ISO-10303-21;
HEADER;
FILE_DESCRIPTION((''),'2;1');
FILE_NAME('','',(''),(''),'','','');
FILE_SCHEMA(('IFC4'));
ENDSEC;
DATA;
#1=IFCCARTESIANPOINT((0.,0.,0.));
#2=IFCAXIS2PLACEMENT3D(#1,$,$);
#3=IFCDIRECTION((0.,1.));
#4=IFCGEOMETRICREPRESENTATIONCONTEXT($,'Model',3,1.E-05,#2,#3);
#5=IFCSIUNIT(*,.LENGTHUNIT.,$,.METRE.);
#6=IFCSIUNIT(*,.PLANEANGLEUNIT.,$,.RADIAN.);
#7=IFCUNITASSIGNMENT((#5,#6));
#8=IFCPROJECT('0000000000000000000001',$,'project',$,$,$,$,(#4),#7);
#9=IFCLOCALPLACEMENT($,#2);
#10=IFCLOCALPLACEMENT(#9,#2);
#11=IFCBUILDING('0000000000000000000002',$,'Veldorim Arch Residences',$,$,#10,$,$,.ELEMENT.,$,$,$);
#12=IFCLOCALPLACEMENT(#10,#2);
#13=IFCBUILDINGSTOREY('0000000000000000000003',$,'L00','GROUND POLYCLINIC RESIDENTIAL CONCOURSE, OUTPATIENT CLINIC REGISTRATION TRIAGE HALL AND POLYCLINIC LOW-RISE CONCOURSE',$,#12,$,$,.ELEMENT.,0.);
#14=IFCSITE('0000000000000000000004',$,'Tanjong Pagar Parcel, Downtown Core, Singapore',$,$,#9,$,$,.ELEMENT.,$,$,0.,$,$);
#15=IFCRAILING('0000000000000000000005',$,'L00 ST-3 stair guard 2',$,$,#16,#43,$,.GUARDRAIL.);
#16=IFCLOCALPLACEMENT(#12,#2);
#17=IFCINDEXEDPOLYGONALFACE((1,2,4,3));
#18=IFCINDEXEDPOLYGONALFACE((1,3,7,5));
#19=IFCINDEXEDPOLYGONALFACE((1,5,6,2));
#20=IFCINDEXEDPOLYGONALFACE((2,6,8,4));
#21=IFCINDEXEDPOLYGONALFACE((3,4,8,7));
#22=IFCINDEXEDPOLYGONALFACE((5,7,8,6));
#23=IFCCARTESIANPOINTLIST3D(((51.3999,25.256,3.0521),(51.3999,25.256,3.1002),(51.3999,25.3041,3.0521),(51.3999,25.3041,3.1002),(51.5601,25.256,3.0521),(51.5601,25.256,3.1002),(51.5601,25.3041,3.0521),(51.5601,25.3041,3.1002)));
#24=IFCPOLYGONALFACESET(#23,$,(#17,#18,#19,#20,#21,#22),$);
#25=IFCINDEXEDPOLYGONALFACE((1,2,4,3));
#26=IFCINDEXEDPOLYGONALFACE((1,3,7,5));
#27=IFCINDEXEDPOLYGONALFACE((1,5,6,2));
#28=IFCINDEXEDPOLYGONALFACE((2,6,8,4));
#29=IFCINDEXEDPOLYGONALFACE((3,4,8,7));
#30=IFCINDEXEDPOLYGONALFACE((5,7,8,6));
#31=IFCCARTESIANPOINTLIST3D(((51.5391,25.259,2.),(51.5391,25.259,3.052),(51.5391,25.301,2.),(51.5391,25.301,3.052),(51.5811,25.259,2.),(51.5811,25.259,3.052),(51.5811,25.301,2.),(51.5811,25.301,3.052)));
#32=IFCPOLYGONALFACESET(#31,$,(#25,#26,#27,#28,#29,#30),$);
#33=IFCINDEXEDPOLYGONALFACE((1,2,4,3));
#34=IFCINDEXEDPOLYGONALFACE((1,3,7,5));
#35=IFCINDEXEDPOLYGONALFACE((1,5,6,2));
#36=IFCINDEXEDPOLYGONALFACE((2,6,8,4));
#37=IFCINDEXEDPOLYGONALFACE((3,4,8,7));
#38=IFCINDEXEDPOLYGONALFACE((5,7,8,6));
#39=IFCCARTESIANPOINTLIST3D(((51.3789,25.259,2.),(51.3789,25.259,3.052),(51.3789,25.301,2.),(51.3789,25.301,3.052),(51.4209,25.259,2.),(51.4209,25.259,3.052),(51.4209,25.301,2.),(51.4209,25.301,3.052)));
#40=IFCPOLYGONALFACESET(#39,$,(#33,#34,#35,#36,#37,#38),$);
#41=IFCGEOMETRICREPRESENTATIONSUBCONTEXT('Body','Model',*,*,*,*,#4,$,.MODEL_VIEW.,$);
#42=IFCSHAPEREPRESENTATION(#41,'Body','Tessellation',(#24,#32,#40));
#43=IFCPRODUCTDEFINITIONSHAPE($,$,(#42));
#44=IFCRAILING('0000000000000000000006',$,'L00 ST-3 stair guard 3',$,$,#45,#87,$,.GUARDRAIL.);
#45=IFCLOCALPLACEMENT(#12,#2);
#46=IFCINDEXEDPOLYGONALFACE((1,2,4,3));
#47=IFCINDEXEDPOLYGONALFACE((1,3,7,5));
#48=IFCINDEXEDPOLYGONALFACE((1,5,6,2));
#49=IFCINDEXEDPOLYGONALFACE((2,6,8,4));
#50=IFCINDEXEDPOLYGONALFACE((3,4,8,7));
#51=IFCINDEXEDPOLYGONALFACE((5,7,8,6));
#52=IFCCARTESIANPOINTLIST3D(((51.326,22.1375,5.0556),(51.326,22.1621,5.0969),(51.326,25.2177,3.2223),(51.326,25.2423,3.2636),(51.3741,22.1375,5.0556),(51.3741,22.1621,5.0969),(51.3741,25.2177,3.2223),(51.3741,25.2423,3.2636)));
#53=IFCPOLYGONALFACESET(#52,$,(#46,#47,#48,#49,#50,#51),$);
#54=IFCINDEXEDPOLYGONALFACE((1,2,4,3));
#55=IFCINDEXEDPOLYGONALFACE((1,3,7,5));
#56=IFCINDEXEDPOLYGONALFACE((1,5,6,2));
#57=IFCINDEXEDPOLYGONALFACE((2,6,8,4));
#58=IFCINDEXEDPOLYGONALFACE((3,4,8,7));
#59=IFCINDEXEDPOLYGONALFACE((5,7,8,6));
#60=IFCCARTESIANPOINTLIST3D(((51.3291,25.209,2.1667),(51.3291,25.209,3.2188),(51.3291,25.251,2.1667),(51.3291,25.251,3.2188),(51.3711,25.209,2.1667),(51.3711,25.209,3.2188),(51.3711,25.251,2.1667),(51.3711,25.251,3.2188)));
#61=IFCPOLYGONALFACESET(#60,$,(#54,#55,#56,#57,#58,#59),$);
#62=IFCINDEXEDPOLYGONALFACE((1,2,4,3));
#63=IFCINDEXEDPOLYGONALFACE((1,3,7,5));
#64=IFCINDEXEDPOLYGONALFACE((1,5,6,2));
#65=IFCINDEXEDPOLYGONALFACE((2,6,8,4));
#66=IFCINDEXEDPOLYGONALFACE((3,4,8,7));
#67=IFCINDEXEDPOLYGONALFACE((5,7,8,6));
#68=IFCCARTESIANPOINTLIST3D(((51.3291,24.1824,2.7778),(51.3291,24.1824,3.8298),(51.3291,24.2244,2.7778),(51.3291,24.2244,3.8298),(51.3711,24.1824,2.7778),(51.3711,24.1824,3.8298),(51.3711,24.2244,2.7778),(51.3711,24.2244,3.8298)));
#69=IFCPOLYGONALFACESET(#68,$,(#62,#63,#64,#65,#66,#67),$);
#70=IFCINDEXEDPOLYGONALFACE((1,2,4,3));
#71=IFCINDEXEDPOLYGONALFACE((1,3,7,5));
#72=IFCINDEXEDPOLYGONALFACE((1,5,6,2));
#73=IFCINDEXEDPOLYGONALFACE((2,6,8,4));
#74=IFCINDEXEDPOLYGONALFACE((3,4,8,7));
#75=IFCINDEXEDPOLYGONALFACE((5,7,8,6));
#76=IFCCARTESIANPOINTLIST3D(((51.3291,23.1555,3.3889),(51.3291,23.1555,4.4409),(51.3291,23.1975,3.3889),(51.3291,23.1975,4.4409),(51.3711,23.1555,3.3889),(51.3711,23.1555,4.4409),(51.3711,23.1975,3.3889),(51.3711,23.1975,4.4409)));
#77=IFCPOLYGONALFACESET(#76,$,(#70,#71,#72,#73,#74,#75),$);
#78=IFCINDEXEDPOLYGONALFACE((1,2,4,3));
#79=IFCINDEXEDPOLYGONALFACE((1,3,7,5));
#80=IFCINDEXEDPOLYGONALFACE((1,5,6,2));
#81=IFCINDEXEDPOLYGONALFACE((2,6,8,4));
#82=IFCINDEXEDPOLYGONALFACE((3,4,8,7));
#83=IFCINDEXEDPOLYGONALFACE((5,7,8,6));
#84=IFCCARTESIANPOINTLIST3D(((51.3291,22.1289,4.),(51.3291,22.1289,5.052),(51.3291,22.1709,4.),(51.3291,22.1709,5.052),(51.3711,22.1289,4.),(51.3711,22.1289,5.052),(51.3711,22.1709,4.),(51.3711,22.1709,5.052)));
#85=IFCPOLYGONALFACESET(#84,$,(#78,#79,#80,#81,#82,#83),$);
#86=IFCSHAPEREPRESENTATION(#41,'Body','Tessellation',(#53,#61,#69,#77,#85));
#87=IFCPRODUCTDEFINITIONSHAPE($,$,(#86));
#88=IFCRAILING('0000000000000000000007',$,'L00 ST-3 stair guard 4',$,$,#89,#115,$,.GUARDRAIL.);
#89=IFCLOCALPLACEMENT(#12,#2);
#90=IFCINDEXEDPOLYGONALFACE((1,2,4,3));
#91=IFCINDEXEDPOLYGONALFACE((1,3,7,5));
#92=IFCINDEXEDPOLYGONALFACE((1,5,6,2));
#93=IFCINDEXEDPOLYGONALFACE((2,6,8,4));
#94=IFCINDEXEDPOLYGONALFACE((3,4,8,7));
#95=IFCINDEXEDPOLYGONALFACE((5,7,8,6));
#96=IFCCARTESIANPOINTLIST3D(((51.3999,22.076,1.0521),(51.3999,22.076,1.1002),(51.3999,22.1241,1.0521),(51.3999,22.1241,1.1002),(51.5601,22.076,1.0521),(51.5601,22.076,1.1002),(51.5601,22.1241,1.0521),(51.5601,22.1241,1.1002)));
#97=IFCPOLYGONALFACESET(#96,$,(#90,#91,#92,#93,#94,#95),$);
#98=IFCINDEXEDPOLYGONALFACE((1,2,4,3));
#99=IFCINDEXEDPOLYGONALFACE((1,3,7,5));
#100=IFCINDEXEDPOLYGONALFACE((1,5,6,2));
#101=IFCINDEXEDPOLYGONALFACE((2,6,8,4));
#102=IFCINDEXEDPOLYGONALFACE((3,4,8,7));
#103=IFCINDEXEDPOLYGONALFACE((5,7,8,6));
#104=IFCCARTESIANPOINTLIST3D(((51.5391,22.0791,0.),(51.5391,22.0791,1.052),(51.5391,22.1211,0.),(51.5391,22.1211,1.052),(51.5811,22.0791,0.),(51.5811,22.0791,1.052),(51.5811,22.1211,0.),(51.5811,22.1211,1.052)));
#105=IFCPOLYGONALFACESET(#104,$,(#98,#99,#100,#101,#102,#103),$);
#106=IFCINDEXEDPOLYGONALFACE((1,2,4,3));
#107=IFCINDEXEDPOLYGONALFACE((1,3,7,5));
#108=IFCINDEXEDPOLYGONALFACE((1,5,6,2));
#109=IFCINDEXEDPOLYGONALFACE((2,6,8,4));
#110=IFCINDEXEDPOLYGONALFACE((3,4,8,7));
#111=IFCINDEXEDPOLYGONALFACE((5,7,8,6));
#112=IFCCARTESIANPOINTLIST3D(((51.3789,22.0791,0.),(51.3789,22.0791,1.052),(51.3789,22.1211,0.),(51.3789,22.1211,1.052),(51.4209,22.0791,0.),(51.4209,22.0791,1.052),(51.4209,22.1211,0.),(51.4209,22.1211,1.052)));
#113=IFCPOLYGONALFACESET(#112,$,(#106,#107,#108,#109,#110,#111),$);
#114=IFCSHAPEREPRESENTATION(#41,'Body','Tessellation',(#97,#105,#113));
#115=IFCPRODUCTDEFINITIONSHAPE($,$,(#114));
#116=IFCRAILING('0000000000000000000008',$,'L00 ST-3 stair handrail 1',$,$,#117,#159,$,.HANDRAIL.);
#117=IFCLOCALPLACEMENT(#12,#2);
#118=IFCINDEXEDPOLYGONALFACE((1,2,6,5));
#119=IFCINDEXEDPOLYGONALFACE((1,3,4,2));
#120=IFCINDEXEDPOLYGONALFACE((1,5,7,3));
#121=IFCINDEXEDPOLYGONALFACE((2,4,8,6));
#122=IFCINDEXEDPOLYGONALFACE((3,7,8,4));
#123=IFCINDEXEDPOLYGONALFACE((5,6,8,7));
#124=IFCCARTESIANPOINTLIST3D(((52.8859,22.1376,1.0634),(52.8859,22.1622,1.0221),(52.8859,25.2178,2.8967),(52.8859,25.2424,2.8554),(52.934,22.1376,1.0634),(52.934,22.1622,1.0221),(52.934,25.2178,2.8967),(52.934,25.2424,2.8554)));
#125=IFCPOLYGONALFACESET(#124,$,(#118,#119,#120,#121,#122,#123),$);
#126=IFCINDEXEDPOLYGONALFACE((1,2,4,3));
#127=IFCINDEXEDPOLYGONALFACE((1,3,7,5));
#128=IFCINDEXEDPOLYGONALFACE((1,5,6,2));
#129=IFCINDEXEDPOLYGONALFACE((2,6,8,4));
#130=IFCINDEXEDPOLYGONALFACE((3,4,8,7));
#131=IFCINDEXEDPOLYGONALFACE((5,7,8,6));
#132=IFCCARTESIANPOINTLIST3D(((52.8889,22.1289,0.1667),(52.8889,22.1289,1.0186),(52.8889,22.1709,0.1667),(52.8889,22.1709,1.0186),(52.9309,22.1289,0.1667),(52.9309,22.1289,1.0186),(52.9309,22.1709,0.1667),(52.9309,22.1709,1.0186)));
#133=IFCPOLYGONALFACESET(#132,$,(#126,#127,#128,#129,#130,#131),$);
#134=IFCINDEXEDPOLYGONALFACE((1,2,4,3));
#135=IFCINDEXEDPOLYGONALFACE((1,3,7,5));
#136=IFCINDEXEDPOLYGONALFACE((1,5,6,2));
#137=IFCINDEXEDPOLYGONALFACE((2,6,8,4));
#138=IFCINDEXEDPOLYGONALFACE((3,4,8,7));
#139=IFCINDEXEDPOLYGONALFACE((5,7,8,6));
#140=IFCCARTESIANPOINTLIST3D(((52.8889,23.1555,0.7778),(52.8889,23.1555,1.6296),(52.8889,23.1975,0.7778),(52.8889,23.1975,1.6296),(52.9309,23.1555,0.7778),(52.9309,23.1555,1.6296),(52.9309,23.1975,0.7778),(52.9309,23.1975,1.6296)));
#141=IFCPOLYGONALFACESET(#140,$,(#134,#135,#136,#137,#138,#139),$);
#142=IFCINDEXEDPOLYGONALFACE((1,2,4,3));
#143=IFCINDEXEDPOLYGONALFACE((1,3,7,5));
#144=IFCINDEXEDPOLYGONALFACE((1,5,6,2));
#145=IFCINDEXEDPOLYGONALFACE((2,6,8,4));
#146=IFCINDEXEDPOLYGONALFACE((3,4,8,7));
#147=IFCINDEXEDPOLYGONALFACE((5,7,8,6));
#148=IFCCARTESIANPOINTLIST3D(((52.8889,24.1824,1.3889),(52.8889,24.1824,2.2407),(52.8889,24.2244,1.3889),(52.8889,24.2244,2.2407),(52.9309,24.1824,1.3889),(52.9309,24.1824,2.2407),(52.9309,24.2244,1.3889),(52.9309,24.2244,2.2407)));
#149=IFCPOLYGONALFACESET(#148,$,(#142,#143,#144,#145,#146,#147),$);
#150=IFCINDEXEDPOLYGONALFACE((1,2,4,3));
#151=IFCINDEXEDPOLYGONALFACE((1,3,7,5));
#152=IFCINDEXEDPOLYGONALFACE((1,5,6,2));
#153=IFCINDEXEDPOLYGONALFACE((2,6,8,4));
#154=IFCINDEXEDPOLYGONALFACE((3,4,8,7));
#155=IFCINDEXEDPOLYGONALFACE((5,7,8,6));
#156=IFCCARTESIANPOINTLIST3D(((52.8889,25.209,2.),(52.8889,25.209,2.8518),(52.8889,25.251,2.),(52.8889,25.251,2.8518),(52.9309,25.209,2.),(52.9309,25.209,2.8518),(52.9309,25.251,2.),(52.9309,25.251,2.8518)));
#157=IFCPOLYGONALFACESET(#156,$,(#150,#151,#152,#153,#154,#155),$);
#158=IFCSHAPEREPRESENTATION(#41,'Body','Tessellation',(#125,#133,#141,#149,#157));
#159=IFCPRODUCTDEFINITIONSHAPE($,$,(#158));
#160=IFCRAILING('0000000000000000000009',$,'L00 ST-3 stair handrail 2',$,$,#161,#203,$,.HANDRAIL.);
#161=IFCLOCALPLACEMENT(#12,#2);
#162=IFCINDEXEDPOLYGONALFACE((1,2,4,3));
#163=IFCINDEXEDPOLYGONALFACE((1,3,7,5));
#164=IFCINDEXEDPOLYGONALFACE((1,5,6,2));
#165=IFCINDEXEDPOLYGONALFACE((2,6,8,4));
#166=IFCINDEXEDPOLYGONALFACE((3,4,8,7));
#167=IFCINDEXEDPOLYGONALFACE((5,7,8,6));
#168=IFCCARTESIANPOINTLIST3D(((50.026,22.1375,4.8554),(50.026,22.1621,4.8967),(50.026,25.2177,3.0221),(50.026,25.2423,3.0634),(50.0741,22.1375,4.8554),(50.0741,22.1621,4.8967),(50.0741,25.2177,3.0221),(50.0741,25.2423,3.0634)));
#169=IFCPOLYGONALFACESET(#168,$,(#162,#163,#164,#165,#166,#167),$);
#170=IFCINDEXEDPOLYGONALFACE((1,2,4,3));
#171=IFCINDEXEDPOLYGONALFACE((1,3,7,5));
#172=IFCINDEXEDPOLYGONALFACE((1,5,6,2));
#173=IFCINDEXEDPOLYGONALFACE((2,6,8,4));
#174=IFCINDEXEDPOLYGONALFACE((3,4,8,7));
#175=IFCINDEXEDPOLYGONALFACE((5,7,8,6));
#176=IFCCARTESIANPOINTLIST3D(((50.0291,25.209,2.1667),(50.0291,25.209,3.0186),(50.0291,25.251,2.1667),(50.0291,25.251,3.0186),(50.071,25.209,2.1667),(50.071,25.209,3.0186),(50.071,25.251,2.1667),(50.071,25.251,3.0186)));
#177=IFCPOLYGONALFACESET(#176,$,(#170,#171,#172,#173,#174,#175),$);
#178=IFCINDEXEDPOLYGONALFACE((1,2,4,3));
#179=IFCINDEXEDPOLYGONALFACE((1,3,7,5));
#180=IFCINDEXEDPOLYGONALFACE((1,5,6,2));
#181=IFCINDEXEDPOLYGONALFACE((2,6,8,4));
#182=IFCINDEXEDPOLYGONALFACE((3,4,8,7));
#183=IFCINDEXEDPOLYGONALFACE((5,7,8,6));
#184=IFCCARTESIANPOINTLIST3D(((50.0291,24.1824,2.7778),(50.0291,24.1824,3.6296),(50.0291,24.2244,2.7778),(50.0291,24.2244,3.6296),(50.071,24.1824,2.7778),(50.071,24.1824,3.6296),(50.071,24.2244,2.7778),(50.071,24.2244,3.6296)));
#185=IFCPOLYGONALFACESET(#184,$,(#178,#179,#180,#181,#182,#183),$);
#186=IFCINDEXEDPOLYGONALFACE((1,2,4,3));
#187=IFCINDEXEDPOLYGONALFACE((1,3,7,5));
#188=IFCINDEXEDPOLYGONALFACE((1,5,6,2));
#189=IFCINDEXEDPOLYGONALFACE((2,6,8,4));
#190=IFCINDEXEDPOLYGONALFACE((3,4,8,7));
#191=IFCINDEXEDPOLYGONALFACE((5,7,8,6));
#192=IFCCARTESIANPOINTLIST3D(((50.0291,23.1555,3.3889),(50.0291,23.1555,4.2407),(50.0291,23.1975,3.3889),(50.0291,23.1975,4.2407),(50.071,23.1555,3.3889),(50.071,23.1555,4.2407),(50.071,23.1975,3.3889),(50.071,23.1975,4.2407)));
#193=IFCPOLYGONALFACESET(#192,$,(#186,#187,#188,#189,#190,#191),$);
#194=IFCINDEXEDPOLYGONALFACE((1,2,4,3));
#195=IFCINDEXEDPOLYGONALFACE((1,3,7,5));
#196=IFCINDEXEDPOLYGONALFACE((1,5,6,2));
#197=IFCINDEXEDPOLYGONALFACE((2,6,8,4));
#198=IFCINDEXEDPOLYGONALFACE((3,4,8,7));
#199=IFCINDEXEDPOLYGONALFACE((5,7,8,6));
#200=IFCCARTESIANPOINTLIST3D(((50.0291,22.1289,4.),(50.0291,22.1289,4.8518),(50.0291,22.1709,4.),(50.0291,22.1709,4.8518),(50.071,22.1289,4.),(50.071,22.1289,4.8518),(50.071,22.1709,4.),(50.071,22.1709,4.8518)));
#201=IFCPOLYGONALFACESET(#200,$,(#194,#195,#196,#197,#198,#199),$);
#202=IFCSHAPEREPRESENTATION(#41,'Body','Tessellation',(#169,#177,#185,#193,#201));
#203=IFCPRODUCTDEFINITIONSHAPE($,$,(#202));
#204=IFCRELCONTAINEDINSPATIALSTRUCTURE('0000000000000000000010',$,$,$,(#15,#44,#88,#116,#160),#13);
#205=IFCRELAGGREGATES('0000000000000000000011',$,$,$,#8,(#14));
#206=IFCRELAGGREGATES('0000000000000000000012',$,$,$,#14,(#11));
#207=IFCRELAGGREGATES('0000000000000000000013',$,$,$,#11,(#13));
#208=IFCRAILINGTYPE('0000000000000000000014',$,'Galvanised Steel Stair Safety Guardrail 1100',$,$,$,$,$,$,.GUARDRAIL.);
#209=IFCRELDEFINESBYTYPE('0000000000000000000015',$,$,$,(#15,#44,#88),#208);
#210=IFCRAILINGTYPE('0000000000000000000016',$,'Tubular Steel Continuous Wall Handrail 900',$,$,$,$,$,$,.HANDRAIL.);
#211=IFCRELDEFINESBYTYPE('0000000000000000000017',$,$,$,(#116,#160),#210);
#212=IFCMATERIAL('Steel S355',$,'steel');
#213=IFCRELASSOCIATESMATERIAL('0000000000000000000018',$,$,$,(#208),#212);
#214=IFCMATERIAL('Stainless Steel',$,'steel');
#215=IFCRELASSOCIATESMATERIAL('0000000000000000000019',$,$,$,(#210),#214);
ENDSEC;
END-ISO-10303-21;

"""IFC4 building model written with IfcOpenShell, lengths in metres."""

from ifc_helpers import new_model, si_unit, direction, frame, origin, origin_2d, place, context, subcontext, project, spatial, rectangle, extrude, material, type_object, element, save


model = new_model("IFC4")

# Units and contexts
model_context = context("Model", 3, precision=1e-05, world=origin(), true_north=direction((0.0, 1.0)))
body_context = subcontext(model_context, "Body", "Model", "MODEL_VIEW")
ifc_project = project(units=[si_unit("LENGTHUNIT", "METRE"), si_unit("PLANEANGLEUNIT", "RADIAN")], contexts=[model_context])

# Site, building, storey
site_placement = place(None, origin())
site = spatial("IfcSite", under=ifc_project, at=site_placement, Name="Tanjong Pagar Parcel, Downtown Core, Singapore", CompositionType="ELEMENT", RefElevation=0.0)
building_placement = place(site_placement, origin())
building = spatial("IfcBuilding", under=site, at=building_placement, Name="Veldorim Arch Residences", CompositionType="ELEMENT")
storey_placement = place(building_placement, origin())
storey = spatial("IfcBuildingStorey", under=building, at=storey_placement, Name="L00", Description="GROUND POLYCLINIC RESIDENTIAL CONCOURSE, OUTPATIENT CLINIC REGISTRATION TRIAGE HALL AND POLYCLINIC LOW-RISE CONCOURSE", CompositionType="ELEMENT", Elevation=0.0)

# Railings
ifc_material_1 = material(Name="Steel S355", Category="steel")
railing_type_1 = type_object("IfcRailingType", Name="Galvanised Steel Stair Safety Guardrail 1100", PredefinedType="GUARDRAIL", material=ifc_material_1)
railing_1_placement = place(storey_placement, frame((51.5601, 25.28, 2.0)))
element("IfcRailing", 1, at=railing_1_placement, inside=storey, type_object=railing_type_1, Name="L00 ST-3 stair guard 2", PredefinedType="GUARDRAIL", context=body_context, shape_type="SweptSolid", body=[
    extrude(rectangle(XDim=0.0481, YDim=0.0481, at=origin_2d()), frame((0.0, 0.0, 1.0762), z_axis=(-1.0, 0.0, 0.0), x_axis=(0.0, -1.0, 0.0)), (0.0, 0.0, 1.0), 0.1602),
    extrude(rectangle(XDim=0.042, YDim=0.042, at=origin_2d()), origin(), (0.0, 0.0, 1.0), 1.052),
    extrude(rectangle(XDim=0.042, YDim=0.042, at=origin_2d()), frame((-0.1602, 0.0, 0.0)), (0.0, 0.0, 1.0), 1.052),
])
railing_2_placement = place(storey_placement, frame((51.3501, 25.23, 2.1667)))
element("IfcRailing", 2, at=railing_2_placement, inside=storey, type_object=railing_type_1, Name="L00 ST-3 stair guard 3", PredefinedType="GUARDRAIL", context=body_context, shape_type="SweptSolid", body=[
    extrude(rectangle(XDim=0.0481, YDim=0.0481, at=origin_2d()), frame((0.0, 0.0, 1.0762), z_axis=(0.0, -0.859309, 0.511458), x_axis=(1.0, 0.0, 0.0)), (0.0, 0.0, 1.0), 3.5845),
    extrude(rectangle(XDim=0.042, YDim=0.042, at=origin_2d()), origin(), (0.0, 0.0, 1.0), 1.052),
    extrude(rectangle(XDim=0.042, YDim=0.042, at=origin_2d()), frame((0.0, -1.0266, 0.6111)), (0.0, 0.0, 1.0), 1.052),
    extrude(rectangle(XDim=0.042, YDim=0.042, at=origin_2d()), frame((0.0, -2.0535, 1.2222)), (0.0, 0.0, 1.0), 1.052),
    extrude(rectangle(XDim=0.042, YDim=0.042, at=origin_2d()), frame((0.0, -3.0801, 1.8333)), (0.0, 0.0, 1.0), 1.052),
])
railing_3_placement = place(storey_placement, frame((51.5601, 22.1001, 0.0)))
element("IfcRailing", 3, at=railing_3_placement, inside=storey, type_object=railing_type_1, Name="L00 ST-3 stair guard 4", PredefinedType="GUARDRAIL", context=body_context, shape_type="SweptSolid", body=[
    extrude(rectangle(XDim=0.0481, YDim=0.0481, at=origin_2d()), frame((0.0, 0.0, 1.0762), z_axis=(-1.0, 0.0, 0.0), x_axis=(0.0, -1.0, 0.0)), (0.0, 0.0, 1.0), 0.1602),
    extrude(rectangle(XDim=0.042, YDim=0.042, at=origin_2d()), origin(), (0.0, 0.0, 1.0), 1.052),
    extrude(rectangle(XDim=0.042, YDim=0.042, at=origin_2d()), frame((-0.1602, 0.0, 0.0)), (0.0, 0.0, 1.0), 1.052),
])
ifc_material_2 = material(Name="Stainless Steel", Category="steel")
railing_type_2 = type_object("IfcRailingType", Name="Tubular Steel Continuous Wall Handrail 900", PredefinedType="HANDRAIL", material=ifc_material_2)
railing_4_placement = place(storey_placement, frame((52.9099, 22.1499, 0.1667)))
element("IfcRailing", 4, at=railing_4_placement, inside=storey, type_object=railing_type_2, Name="L00 ST-3 stair handrail 1", PredefinedType="HANDRAIL", context=body_context, shape_type="SweptSolid", body=[
    extrude(rectangle(XDim=0.0481, YDim=0.0481, at=origin_2d()), frame((0.0, 0.0, 0.876), z_axis=(0.0, 0.859309, 0.511458), x_axis=(-1.0, 0.0, 0.0)), (0.0, 0.0, 1.0), 3.5845),
    extrude(rectangle(XDim=0.042, YDim=0.042, at=origin_2d()), origin(), (0.0, 0.0, 1.0), 0.8518),
    extrude(rectangle(XDim=0.042, YDim=0.042, at=origin_2d()), frame((0.0, 1.0266, 0.6111)), (0.0, 0.0, 1.0), 0.8518),
    extrude(rectangle(XDim=0.042, YDim=0.042, at=origin_2d()), frame((0.0, 2.0535, 1.2222)), (0.0, 0.0, 1.0), 0.8518),
    extrude(rectangle(XDim=0.042, YDim=0.042, at=origin_2d()), frame((0.0, 3.0801, 1.8333)), (0.0, 0.0, 1.0), 0.8518),
])
railing_5_placement = place(storey_placement, frame((50.05, 25.23, 2.1667)))
element("IfcRailing", 5, at=railing_5_placement, inside=storey, type_object=railing_type_2, Name="L00 ST-3 stair handrail 2", PredefinedType="HANDRAIL", context=body_context, shape_type="SweptSolid", body=[
    extrude(rectangle(XDim=0.0481, YDim=0.0481, at=origin_2d()), frame((0.0, 0.0, 0.876), z_axis=(0.0, -0.859309, 0.511458), x_axis=(1.0, 0.0, 0.0)), (0.0, 0.0, 1.0), 3.5845),
    extrude(rectangle(XDim=0.042, YDim=0.042, at=origin_2d()), origin(), (0.0, 0.0, 1.0), 0.8518),
    extrude(rectangle(XDim=0.042, YDim=0.042, at=origin_2d()), frame((0.0, -1.0266, 0.6111)), (0.0, 0.0, 1.0), 0.8518),
    extrude(rectangle(XDim=0.042, YDim=0.042, at=origin_2d()), frame((0.0, -2.0535, 1.2222)), (0.0, 0.0, 1.0), 0.8518),
    extrude(rectangle(XDim=0.042, YDim=0.042, at=origin_2d()), frame((0.0, -3.0801, 1.8333)), (0.0, 0.0, 1.0), 0.8518),
])

save(model, "model.ifc")
